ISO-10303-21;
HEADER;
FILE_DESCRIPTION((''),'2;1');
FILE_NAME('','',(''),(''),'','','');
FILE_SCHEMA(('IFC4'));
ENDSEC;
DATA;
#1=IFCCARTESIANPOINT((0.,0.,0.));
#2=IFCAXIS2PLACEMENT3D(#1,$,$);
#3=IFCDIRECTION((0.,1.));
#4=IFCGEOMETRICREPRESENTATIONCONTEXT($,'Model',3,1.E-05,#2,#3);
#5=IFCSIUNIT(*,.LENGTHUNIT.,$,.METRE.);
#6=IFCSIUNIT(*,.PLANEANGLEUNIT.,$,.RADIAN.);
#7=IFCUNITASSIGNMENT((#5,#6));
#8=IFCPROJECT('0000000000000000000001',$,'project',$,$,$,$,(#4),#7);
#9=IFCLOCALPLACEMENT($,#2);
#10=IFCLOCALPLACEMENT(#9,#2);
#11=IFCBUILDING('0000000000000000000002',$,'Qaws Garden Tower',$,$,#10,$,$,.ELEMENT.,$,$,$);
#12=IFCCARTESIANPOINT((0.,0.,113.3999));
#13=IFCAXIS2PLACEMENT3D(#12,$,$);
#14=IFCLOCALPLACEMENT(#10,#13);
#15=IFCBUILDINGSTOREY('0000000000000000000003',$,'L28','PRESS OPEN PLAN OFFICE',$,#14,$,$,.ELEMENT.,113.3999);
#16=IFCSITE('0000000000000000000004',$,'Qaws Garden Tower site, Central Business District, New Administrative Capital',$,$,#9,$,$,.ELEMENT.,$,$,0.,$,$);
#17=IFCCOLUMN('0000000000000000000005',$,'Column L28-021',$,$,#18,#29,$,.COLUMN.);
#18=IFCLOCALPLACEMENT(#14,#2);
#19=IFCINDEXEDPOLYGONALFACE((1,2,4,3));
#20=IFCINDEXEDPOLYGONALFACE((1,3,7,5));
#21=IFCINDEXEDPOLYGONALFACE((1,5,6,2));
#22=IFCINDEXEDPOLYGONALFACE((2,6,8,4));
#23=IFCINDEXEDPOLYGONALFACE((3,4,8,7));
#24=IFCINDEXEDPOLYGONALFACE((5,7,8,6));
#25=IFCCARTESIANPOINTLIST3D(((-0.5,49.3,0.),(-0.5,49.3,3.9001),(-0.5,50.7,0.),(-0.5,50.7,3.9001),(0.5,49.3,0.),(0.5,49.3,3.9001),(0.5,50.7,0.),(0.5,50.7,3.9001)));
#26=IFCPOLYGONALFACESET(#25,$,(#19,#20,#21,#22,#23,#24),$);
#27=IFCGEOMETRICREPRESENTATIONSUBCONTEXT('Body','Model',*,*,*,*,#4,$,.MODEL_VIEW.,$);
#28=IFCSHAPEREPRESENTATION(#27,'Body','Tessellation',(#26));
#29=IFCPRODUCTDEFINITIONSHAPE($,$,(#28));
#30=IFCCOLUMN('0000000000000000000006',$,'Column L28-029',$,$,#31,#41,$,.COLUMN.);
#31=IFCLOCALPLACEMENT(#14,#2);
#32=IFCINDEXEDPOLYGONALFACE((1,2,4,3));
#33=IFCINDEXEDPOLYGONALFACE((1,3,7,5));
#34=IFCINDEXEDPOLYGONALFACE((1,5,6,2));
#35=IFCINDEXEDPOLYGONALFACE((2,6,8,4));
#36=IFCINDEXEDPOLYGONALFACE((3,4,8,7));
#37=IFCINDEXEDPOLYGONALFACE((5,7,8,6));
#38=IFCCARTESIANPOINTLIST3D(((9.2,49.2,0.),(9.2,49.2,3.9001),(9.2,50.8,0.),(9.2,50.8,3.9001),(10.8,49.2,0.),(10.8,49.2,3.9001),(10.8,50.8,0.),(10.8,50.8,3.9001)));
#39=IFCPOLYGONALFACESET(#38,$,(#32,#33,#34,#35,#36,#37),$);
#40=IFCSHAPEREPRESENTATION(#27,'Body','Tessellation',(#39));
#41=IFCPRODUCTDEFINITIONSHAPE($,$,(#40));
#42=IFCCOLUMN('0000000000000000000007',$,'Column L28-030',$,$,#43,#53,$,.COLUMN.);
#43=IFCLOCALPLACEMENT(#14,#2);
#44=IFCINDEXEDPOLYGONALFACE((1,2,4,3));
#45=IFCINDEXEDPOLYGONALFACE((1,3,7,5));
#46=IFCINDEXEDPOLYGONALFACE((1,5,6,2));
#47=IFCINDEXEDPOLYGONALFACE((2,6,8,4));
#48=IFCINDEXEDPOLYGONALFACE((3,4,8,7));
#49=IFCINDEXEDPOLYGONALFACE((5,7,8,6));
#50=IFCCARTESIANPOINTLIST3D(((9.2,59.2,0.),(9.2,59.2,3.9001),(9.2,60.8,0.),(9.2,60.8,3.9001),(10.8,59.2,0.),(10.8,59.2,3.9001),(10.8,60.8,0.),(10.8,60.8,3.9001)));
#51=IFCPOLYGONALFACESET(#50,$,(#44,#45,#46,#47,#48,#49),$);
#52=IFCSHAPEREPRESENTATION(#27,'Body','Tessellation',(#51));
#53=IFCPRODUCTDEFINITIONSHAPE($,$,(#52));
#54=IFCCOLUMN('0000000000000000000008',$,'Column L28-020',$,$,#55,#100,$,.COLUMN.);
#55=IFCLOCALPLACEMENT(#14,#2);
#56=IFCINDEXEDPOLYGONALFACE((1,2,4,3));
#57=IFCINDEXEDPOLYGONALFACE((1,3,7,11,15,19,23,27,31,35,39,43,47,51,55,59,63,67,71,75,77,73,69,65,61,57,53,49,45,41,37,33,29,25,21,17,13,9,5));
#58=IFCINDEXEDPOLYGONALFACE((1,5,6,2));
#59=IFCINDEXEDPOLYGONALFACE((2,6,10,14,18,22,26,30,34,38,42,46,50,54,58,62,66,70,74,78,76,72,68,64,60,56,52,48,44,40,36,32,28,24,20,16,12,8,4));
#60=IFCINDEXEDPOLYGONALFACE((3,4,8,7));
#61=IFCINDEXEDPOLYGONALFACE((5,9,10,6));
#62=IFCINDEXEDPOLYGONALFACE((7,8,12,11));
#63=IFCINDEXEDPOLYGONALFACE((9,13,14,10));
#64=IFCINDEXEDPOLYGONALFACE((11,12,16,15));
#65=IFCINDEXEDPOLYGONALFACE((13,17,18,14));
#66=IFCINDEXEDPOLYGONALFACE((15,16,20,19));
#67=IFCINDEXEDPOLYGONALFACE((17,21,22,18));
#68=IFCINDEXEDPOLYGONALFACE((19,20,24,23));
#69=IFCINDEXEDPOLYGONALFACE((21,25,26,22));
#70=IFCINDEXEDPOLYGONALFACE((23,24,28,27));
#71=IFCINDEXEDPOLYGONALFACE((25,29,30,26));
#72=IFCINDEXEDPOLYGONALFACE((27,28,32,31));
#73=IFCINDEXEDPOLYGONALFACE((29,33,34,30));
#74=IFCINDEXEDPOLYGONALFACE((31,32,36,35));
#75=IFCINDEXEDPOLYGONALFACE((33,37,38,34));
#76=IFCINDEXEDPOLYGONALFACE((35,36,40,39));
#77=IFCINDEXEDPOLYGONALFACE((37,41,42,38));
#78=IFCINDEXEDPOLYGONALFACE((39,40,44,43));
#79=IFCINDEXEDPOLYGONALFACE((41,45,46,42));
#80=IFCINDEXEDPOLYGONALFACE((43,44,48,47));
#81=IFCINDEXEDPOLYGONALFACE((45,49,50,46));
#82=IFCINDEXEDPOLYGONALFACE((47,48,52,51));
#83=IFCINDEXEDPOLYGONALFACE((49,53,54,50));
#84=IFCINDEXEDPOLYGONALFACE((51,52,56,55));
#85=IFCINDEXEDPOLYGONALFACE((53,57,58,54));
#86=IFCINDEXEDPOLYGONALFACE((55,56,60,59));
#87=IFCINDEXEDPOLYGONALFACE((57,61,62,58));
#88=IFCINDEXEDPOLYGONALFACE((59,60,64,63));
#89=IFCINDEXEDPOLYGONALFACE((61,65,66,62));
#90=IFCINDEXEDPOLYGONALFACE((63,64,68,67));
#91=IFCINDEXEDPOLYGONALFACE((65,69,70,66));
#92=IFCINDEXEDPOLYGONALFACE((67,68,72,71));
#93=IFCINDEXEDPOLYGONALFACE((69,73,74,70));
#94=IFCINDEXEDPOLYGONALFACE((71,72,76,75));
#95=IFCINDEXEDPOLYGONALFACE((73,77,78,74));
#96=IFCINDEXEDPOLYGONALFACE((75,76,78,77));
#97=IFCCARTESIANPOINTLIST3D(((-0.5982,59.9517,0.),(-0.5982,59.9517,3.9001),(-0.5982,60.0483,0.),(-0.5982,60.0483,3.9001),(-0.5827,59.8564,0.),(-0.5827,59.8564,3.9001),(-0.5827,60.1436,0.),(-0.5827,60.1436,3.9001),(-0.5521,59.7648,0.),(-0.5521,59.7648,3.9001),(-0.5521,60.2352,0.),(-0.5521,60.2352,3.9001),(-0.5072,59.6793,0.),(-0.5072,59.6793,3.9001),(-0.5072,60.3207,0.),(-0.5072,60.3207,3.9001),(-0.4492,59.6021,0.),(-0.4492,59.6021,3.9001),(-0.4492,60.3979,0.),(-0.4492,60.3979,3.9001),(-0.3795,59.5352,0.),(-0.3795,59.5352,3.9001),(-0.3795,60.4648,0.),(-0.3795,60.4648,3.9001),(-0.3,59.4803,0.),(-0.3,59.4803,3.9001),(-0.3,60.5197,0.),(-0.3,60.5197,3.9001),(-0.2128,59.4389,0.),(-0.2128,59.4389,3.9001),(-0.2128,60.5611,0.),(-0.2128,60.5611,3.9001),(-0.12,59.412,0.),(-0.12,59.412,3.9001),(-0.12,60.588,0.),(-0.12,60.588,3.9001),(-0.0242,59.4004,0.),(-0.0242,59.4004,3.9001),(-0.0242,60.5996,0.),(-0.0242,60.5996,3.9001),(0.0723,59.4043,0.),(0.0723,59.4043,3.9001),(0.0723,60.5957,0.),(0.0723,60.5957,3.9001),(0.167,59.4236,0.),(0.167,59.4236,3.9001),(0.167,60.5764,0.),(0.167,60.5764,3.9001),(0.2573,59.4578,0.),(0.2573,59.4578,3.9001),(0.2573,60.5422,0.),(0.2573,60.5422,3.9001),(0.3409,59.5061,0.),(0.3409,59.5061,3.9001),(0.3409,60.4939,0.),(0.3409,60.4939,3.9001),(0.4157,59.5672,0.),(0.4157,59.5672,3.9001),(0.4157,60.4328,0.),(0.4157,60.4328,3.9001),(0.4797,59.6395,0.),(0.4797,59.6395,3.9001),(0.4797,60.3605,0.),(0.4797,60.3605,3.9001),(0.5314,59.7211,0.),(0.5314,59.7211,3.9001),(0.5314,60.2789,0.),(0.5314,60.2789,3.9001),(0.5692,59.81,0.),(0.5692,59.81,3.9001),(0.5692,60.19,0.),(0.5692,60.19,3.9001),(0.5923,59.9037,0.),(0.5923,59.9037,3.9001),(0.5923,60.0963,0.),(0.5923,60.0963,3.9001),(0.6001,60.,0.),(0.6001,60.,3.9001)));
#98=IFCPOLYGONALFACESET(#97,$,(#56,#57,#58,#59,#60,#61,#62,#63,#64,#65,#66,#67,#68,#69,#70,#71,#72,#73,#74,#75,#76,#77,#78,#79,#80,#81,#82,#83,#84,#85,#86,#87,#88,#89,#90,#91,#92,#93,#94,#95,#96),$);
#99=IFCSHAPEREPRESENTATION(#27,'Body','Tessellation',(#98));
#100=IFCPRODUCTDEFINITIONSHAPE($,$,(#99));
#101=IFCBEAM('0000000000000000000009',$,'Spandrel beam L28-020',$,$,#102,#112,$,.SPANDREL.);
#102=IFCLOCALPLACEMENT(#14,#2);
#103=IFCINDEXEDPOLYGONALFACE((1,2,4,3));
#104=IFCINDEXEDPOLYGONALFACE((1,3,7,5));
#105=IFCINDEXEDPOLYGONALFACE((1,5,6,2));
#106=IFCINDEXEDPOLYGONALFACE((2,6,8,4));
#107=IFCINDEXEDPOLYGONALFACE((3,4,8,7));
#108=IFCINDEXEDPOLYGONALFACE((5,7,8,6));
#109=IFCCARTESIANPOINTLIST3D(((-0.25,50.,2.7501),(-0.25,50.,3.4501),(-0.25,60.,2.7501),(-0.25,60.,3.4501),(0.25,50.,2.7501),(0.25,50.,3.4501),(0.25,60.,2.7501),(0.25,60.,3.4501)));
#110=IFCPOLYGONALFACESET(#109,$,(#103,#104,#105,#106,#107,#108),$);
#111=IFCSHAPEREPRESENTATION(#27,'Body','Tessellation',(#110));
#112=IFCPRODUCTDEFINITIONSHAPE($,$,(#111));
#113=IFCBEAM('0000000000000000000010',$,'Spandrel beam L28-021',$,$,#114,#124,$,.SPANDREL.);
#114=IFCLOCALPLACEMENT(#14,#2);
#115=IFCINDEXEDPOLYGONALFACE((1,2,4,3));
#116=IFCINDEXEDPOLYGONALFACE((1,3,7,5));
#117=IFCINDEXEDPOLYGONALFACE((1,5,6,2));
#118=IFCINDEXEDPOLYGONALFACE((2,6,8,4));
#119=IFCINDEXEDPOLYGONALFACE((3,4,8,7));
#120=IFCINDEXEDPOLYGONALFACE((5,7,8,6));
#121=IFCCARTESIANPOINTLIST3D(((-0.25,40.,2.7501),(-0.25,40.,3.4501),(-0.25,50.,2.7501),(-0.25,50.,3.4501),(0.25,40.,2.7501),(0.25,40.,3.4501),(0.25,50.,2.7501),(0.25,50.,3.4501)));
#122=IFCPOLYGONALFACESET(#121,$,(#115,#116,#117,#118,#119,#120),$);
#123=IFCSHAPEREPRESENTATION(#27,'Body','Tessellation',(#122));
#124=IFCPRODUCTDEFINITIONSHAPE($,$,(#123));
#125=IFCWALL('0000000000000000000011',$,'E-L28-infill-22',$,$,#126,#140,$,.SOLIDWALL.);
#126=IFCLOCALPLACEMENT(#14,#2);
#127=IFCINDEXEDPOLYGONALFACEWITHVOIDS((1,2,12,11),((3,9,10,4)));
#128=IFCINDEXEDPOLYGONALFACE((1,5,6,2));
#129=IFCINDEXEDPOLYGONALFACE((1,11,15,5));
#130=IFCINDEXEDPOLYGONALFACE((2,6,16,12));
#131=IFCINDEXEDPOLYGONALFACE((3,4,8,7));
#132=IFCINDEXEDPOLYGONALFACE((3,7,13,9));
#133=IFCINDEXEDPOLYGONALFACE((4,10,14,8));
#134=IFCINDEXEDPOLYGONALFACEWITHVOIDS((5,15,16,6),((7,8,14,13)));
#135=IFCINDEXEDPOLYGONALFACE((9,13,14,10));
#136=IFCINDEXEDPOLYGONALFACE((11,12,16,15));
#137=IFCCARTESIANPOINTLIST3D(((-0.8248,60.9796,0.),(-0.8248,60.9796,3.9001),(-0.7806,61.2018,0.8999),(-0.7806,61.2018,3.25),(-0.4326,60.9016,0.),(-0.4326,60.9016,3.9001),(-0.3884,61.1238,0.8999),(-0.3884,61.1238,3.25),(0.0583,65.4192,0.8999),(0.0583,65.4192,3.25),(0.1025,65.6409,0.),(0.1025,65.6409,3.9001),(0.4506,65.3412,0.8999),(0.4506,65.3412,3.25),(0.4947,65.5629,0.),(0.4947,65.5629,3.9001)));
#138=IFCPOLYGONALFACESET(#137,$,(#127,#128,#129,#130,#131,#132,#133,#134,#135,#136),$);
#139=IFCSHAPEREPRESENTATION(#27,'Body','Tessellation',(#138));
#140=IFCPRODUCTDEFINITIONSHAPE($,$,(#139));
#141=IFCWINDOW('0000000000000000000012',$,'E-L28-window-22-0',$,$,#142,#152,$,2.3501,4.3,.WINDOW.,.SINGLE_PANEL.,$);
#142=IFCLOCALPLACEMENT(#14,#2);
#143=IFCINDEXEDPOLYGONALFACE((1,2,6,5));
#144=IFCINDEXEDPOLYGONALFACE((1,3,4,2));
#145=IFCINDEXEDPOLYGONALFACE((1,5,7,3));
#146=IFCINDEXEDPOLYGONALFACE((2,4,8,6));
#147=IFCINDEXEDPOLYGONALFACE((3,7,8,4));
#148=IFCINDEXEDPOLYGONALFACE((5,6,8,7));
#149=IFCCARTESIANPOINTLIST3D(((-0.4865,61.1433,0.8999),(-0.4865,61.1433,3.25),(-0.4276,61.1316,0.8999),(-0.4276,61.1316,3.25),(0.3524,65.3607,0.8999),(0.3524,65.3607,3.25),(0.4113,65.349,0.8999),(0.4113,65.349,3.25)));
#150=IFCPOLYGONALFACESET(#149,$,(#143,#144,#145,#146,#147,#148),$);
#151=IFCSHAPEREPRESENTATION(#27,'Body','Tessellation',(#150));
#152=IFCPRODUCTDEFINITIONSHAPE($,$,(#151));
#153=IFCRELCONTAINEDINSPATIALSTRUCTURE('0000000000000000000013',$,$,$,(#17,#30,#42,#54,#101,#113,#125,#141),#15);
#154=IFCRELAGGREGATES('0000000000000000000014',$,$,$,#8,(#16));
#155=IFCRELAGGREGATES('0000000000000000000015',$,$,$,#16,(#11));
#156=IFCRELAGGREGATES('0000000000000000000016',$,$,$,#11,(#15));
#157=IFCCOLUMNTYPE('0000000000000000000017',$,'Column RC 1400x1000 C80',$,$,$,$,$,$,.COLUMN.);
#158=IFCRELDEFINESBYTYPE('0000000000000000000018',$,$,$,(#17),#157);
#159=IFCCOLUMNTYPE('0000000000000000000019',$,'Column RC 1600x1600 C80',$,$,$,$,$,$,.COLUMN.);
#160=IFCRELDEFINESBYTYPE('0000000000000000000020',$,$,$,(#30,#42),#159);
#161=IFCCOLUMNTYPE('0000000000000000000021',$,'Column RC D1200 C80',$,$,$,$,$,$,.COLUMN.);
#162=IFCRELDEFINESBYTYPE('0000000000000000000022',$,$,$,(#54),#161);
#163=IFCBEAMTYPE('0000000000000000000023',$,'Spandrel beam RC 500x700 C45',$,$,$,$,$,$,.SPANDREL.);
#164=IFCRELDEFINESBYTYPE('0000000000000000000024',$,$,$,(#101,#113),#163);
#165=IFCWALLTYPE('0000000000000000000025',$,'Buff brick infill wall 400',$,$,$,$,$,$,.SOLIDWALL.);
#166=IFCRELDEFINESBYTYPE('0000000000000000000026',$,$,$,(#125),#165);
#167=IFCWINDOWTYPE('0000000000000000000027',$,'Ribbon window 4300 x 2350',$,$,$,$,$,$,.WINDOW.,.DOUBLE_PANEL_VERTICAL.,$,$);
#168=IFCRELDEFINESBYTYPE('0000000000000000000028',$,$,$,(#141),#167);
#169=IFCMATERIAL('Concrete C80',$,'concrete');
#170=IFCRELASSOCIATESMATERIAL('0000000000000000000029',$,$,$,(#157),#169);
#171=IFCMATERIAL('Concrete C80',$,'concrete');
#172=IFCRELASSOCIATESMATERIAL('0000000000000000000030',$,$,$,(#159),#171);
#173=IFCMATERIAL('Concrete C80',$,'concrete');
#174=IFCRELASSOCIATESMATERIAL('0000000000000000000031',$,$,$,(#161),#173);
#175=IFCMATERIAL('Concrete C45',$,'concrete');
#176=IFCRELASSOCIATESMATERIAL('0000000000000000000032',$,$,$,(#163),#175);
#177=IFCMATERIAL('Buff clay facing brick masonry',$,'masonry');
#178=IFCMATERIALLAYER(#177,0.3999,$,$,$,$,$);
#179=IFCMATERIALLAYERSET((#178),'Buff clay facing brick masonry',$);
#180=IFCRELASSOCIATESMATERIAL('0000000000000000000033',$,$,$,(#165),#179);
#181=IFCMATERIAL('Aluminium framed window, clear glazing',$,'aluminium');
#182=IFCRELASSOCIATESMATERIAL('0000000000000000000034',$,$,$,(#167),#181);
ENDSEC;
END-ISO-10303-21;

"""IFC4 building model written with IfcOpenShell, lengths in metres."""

from ifc_helpers import new_model, si_unit, direction, frame, frame_2d, origin, origin_2d, place, context, subcontext, project, spatial, rectangle, circle, extrude, material, layer, layer_set, material_profile, profile_set, type_object, element, fill, save


model = new_model("IFC4")

# Units and contexts
model_context = context("Model", 3, precision=1e-05, world=origin(), true_north=direction((0.0, 1.0)))
body_context = subcontext(model_context, "Body", "Model", "MODEL_VIEW")
ifc_project = project(units=[si_unit("LENGTHUNIT", "METRE"), si_unit("PLANEANGLEUNIT", "RADIAN")], contexts=[model_context])

# Site, building, storey
site_placement = place(None, origin())
site = spatial("IfcSite", under=ifc_project, at=site_placement, Name="Qaws Garden Tower site, Central Business District, New Administrative Capital", CompositionType="ELEMENT", RefElevation=0.0)
building_placement = place(site_placement, origin())
building = spatial("IfcBuilding", under=site, at=building_placement, Name="Qaws Garden Tower", CompositionType="ELEMENT")
storey_placement = place(building_placement, frame((0.0, 0.0, 113.3999)))
storey = spatial("IfcBuildingStorey", under=building, at=storey_placement, Name="L28", Description="PRESS OPEN PLAN OFFICE", CompositionType="ELEMENT", Elevation=113.3999)

# Columns
ifc_material_1 = material(Name="Concrete C80", Category="concrete")
ifc_material_profile_1 = material_profile(ifc_material_1, rectangle(XDim=1.3999, YDim=1.0, at=origin_2d()), Name="RC 1400x1000")
ifc_profile_set_1 = profile_set([ifc_material_profile_1], Name="Concrete C80")
column_type_1 = type_object("IfcColumnType", Name="Column RC 1400x1000 C80", PredefinedType="COLUMN", material=ifc_profile_set_1)
column_1_placement = place(storey_placement, frame((0.0, 50.0, 0.0), z_axis=(0.0, 0.0, 1.0), x_axis=(0.0, 1.0, 0.0)))
element("IfcColumn", 1, at=column_1_placement, inside=storey, type_object=column_type_1, Name="Column L28-021", PredefinedType="COLUMN", context=body_context, shape_type="SweptSolid", body=[
    extrude(rectangle(XDim=1.3999, YDim=1.0, at=origin_2d()), origin(), (0.0, 0.0, 1.0), 3.9001),
])
ifc_material_2 = material(Name="Concrete C80", Category="concrete")
ifc_material_profile_2 = material_profile(ifc_material_2, rectangle(XDim=1.6001, YDim=1.6001, at=origin_2d()), Name="RC 1600x1600")
ifc_profile_set_2 = profile_set([ifc_material_profile_2], Name="Concrete C80")
column_type_2 = type_object("IfcColumnType", Name="Column RC 1600x1600 C80", PredefinedType="COLUMN", material=ifc_profile_set_2)
for number, where, z_axis, x_axis, name in (
    (2, (10.0, 50.0, 0.0), (0.0, 0.0, 1.0), (1.0, 0.0, 0.0), "Column L28-029"),
    (3, (10.0, 60.0, 0.0), (0.0, 0.0, 1.0), (1.0, 0.0, 0.0), "Column L28-030"),
):
    element("IfcColumn", number, at=place(storey_placement, frame(where, z_axis=z_axis, x_axis=x_axis)), inside=storey, type_object=column_type_2, Name=name, PredefinedType="COLUMN", context=body_context, shape_type="SweptSolid", body=[
        extrude(rectangle(XDim=1.6001, YDim=1.6001, at=origin_2d()), origin(), (0.0, 0.0, 1.0), 3.9001),
    ])
ifc_material_3 = material(Name="Concrete C80", Category="concrete")
ifc_material_profile_3 = material_profile(ifc_material_3, circle(Radius=0.6001, at=origin_2d()), Name="RC D1200")
ifc_profile_set_3 = profile_set([ifc_material_profile_3], Name="Concrete C80")
column_type_3 = type_object("IfcColumnType", Name="Column RC D1200 C80", PredefinedType="COLUMN", material=ifc_profile_set_3)
column_2_placement = place(storey_placement, frame((0.0, 60.0, 0.0), z_axis=(0.0, 0.0, 1.0), x_axis=(1.0, 0.0, 0.0)))
element("IfcColumn", 4, at=column_2_placement, inside=storey, type_object=column_type_3, Name="Column L28-020", PredefinedType="COLUMN", context=body_context, shape_type="SweptSolid", body=[
    extrude(circle(Radius=0.6001, at=origin_2d()), origin(), (0.0, 0.0, 1.0), 3.9001),
])

# Beams
ifc_material_4 = material(Name="Concrete C45", Category="concrete")
ifc_material_profile_4 = material_profile(ifc_material_4, rectangle(XDim=0.5, YDim=0.7, at=origin_2d()), Name="RC 500x700")
ifc_profile_set_4 = profile_set([ifc_material_profile_4], Name="Concrete C45")
beam_type = type_object("IfcBeamType", Name="Spandrel beam RC 500x700 C45", PredefinedType="SPANDREL", material=ifc_profile_set_4)
for number, where, z_axis, x_axis, name in (
    (5, (0.0, 60.0, 3.1001), (0.0, -1.0, 0.0), (1.0, 0.0, 0.0), "Spandrel beam L28-020"),
    (6, (0.0, 50.0, 3.1001), (0.0, -1.0, 0.0), (1.0, 0.0, 0.0), "Spandrel beam L28-021"),
):
    element("IfcBeam", number, at=place(storey_placement, frame(where, z_axis=z_axis, x_axis=x_axis)), inside=storey, type_object=beam_type, Name=name, PredefinedType="SPANDREL", context=body_context, shape_type="SweptSolid", body=[
        extrude(rectangle(XDim=0.5, YDim=0.7, at=origin_2d()), origin(), (0.0, 0.0, 1.0), 10.0),
    ])

# Wall, opening, window
ifc_material_5 = material(Name="Buff clay facing brick masonry", Category="masonry")
ifc_layer_1 = layer(ifc_material_5, 0.3999)
ifc_layer_set_1 = layer_set([ifc_layer_1], Name="Buff clay facing brick masonry")
wall_type_1 = type_object("IfcWallType", Name="Buff brick infill wall 400", PredefinedType="SOLIDWALL", material=ifc_layer_set_1)
wall_1_placement = place(storey_placement, frame((0.2986, 65.6021, 0.0), z_axis=(0.0, 0.0, 1.0), x_axis=(-0.195099, -0.980784, 0.0)))
wall_1 = element("IfcWall", 7, at=wall_1_placement, inside=storey, type_object=wall_type_1, Name="E-L28-infill-22", PredefinedType="SOLIDWALL", context=body_context, shape_type="SweptSolid", body=[
    extrude(rectangle(XDim=4.7527, YDim=0.3999, at=frame_2d((2.3765, 0.0))), origin(), (0.0, 0.0, 1.0), 3.9001),
])
opening_1_placement = place(wall_1_placement, frame((0.2263, 0.0, 0.8999)))
opening_1 = element("IfcOpeningElement", 8, at=opening_1_placement, cuts=wall_1, PredefinedType="OPENING", context=body_context, shape_type="SweptSolid", body=[
    extrude(rectangle(XDim=4.3, YDim=2.3501, at=frame_2d((2.1499, 1.175))), frame((0.0, 0.21, 0.0), z_axis=(0.0, -1.0, 0.0), x_axis=(1.0, 0.0, 0.0)), (0.0, 0.0, 1.0), 0.4199),
])
ifc_material_6 = material(Name="Aluminium framed window, clear glazing", Category="aluminium")
window_type_1 = type_object("IfcWindowType", Name="Ribbon window 4300 x 2350", PartitioningType="DOUBLE_PANEL_VERTICAL", PredefinedType="WINDOW", material=ifc_material_6)
window_1_placement = place(opening_1_placement, origin())
window_1 = element("IfcWindow", 9, at=window_1_placement, inside=storey, type_object=window_type_1, Name="E-L28-window-22-0", OverallHeight=2.3501, OverallWidth=4.3, PartitioningType="SINGLE_PANEL", PredefinedType="WINDOW", context=body_context, shape_type="SweptSolid", body=[
    extrude(rectangle(XDim=4.3, YDim=2.3501, at=frame_2d((2.1499, 1.175))), frame((0.0, 0.1599, 0.0), z_axis=(0.0, -1.0, 0.0), x_axis=(1.0, 0.0, 0.0)), (0.0, 0.0, 1.0), 0.0601),
])
fill(opening_1, window_1)

save(model, "model.ifc")
